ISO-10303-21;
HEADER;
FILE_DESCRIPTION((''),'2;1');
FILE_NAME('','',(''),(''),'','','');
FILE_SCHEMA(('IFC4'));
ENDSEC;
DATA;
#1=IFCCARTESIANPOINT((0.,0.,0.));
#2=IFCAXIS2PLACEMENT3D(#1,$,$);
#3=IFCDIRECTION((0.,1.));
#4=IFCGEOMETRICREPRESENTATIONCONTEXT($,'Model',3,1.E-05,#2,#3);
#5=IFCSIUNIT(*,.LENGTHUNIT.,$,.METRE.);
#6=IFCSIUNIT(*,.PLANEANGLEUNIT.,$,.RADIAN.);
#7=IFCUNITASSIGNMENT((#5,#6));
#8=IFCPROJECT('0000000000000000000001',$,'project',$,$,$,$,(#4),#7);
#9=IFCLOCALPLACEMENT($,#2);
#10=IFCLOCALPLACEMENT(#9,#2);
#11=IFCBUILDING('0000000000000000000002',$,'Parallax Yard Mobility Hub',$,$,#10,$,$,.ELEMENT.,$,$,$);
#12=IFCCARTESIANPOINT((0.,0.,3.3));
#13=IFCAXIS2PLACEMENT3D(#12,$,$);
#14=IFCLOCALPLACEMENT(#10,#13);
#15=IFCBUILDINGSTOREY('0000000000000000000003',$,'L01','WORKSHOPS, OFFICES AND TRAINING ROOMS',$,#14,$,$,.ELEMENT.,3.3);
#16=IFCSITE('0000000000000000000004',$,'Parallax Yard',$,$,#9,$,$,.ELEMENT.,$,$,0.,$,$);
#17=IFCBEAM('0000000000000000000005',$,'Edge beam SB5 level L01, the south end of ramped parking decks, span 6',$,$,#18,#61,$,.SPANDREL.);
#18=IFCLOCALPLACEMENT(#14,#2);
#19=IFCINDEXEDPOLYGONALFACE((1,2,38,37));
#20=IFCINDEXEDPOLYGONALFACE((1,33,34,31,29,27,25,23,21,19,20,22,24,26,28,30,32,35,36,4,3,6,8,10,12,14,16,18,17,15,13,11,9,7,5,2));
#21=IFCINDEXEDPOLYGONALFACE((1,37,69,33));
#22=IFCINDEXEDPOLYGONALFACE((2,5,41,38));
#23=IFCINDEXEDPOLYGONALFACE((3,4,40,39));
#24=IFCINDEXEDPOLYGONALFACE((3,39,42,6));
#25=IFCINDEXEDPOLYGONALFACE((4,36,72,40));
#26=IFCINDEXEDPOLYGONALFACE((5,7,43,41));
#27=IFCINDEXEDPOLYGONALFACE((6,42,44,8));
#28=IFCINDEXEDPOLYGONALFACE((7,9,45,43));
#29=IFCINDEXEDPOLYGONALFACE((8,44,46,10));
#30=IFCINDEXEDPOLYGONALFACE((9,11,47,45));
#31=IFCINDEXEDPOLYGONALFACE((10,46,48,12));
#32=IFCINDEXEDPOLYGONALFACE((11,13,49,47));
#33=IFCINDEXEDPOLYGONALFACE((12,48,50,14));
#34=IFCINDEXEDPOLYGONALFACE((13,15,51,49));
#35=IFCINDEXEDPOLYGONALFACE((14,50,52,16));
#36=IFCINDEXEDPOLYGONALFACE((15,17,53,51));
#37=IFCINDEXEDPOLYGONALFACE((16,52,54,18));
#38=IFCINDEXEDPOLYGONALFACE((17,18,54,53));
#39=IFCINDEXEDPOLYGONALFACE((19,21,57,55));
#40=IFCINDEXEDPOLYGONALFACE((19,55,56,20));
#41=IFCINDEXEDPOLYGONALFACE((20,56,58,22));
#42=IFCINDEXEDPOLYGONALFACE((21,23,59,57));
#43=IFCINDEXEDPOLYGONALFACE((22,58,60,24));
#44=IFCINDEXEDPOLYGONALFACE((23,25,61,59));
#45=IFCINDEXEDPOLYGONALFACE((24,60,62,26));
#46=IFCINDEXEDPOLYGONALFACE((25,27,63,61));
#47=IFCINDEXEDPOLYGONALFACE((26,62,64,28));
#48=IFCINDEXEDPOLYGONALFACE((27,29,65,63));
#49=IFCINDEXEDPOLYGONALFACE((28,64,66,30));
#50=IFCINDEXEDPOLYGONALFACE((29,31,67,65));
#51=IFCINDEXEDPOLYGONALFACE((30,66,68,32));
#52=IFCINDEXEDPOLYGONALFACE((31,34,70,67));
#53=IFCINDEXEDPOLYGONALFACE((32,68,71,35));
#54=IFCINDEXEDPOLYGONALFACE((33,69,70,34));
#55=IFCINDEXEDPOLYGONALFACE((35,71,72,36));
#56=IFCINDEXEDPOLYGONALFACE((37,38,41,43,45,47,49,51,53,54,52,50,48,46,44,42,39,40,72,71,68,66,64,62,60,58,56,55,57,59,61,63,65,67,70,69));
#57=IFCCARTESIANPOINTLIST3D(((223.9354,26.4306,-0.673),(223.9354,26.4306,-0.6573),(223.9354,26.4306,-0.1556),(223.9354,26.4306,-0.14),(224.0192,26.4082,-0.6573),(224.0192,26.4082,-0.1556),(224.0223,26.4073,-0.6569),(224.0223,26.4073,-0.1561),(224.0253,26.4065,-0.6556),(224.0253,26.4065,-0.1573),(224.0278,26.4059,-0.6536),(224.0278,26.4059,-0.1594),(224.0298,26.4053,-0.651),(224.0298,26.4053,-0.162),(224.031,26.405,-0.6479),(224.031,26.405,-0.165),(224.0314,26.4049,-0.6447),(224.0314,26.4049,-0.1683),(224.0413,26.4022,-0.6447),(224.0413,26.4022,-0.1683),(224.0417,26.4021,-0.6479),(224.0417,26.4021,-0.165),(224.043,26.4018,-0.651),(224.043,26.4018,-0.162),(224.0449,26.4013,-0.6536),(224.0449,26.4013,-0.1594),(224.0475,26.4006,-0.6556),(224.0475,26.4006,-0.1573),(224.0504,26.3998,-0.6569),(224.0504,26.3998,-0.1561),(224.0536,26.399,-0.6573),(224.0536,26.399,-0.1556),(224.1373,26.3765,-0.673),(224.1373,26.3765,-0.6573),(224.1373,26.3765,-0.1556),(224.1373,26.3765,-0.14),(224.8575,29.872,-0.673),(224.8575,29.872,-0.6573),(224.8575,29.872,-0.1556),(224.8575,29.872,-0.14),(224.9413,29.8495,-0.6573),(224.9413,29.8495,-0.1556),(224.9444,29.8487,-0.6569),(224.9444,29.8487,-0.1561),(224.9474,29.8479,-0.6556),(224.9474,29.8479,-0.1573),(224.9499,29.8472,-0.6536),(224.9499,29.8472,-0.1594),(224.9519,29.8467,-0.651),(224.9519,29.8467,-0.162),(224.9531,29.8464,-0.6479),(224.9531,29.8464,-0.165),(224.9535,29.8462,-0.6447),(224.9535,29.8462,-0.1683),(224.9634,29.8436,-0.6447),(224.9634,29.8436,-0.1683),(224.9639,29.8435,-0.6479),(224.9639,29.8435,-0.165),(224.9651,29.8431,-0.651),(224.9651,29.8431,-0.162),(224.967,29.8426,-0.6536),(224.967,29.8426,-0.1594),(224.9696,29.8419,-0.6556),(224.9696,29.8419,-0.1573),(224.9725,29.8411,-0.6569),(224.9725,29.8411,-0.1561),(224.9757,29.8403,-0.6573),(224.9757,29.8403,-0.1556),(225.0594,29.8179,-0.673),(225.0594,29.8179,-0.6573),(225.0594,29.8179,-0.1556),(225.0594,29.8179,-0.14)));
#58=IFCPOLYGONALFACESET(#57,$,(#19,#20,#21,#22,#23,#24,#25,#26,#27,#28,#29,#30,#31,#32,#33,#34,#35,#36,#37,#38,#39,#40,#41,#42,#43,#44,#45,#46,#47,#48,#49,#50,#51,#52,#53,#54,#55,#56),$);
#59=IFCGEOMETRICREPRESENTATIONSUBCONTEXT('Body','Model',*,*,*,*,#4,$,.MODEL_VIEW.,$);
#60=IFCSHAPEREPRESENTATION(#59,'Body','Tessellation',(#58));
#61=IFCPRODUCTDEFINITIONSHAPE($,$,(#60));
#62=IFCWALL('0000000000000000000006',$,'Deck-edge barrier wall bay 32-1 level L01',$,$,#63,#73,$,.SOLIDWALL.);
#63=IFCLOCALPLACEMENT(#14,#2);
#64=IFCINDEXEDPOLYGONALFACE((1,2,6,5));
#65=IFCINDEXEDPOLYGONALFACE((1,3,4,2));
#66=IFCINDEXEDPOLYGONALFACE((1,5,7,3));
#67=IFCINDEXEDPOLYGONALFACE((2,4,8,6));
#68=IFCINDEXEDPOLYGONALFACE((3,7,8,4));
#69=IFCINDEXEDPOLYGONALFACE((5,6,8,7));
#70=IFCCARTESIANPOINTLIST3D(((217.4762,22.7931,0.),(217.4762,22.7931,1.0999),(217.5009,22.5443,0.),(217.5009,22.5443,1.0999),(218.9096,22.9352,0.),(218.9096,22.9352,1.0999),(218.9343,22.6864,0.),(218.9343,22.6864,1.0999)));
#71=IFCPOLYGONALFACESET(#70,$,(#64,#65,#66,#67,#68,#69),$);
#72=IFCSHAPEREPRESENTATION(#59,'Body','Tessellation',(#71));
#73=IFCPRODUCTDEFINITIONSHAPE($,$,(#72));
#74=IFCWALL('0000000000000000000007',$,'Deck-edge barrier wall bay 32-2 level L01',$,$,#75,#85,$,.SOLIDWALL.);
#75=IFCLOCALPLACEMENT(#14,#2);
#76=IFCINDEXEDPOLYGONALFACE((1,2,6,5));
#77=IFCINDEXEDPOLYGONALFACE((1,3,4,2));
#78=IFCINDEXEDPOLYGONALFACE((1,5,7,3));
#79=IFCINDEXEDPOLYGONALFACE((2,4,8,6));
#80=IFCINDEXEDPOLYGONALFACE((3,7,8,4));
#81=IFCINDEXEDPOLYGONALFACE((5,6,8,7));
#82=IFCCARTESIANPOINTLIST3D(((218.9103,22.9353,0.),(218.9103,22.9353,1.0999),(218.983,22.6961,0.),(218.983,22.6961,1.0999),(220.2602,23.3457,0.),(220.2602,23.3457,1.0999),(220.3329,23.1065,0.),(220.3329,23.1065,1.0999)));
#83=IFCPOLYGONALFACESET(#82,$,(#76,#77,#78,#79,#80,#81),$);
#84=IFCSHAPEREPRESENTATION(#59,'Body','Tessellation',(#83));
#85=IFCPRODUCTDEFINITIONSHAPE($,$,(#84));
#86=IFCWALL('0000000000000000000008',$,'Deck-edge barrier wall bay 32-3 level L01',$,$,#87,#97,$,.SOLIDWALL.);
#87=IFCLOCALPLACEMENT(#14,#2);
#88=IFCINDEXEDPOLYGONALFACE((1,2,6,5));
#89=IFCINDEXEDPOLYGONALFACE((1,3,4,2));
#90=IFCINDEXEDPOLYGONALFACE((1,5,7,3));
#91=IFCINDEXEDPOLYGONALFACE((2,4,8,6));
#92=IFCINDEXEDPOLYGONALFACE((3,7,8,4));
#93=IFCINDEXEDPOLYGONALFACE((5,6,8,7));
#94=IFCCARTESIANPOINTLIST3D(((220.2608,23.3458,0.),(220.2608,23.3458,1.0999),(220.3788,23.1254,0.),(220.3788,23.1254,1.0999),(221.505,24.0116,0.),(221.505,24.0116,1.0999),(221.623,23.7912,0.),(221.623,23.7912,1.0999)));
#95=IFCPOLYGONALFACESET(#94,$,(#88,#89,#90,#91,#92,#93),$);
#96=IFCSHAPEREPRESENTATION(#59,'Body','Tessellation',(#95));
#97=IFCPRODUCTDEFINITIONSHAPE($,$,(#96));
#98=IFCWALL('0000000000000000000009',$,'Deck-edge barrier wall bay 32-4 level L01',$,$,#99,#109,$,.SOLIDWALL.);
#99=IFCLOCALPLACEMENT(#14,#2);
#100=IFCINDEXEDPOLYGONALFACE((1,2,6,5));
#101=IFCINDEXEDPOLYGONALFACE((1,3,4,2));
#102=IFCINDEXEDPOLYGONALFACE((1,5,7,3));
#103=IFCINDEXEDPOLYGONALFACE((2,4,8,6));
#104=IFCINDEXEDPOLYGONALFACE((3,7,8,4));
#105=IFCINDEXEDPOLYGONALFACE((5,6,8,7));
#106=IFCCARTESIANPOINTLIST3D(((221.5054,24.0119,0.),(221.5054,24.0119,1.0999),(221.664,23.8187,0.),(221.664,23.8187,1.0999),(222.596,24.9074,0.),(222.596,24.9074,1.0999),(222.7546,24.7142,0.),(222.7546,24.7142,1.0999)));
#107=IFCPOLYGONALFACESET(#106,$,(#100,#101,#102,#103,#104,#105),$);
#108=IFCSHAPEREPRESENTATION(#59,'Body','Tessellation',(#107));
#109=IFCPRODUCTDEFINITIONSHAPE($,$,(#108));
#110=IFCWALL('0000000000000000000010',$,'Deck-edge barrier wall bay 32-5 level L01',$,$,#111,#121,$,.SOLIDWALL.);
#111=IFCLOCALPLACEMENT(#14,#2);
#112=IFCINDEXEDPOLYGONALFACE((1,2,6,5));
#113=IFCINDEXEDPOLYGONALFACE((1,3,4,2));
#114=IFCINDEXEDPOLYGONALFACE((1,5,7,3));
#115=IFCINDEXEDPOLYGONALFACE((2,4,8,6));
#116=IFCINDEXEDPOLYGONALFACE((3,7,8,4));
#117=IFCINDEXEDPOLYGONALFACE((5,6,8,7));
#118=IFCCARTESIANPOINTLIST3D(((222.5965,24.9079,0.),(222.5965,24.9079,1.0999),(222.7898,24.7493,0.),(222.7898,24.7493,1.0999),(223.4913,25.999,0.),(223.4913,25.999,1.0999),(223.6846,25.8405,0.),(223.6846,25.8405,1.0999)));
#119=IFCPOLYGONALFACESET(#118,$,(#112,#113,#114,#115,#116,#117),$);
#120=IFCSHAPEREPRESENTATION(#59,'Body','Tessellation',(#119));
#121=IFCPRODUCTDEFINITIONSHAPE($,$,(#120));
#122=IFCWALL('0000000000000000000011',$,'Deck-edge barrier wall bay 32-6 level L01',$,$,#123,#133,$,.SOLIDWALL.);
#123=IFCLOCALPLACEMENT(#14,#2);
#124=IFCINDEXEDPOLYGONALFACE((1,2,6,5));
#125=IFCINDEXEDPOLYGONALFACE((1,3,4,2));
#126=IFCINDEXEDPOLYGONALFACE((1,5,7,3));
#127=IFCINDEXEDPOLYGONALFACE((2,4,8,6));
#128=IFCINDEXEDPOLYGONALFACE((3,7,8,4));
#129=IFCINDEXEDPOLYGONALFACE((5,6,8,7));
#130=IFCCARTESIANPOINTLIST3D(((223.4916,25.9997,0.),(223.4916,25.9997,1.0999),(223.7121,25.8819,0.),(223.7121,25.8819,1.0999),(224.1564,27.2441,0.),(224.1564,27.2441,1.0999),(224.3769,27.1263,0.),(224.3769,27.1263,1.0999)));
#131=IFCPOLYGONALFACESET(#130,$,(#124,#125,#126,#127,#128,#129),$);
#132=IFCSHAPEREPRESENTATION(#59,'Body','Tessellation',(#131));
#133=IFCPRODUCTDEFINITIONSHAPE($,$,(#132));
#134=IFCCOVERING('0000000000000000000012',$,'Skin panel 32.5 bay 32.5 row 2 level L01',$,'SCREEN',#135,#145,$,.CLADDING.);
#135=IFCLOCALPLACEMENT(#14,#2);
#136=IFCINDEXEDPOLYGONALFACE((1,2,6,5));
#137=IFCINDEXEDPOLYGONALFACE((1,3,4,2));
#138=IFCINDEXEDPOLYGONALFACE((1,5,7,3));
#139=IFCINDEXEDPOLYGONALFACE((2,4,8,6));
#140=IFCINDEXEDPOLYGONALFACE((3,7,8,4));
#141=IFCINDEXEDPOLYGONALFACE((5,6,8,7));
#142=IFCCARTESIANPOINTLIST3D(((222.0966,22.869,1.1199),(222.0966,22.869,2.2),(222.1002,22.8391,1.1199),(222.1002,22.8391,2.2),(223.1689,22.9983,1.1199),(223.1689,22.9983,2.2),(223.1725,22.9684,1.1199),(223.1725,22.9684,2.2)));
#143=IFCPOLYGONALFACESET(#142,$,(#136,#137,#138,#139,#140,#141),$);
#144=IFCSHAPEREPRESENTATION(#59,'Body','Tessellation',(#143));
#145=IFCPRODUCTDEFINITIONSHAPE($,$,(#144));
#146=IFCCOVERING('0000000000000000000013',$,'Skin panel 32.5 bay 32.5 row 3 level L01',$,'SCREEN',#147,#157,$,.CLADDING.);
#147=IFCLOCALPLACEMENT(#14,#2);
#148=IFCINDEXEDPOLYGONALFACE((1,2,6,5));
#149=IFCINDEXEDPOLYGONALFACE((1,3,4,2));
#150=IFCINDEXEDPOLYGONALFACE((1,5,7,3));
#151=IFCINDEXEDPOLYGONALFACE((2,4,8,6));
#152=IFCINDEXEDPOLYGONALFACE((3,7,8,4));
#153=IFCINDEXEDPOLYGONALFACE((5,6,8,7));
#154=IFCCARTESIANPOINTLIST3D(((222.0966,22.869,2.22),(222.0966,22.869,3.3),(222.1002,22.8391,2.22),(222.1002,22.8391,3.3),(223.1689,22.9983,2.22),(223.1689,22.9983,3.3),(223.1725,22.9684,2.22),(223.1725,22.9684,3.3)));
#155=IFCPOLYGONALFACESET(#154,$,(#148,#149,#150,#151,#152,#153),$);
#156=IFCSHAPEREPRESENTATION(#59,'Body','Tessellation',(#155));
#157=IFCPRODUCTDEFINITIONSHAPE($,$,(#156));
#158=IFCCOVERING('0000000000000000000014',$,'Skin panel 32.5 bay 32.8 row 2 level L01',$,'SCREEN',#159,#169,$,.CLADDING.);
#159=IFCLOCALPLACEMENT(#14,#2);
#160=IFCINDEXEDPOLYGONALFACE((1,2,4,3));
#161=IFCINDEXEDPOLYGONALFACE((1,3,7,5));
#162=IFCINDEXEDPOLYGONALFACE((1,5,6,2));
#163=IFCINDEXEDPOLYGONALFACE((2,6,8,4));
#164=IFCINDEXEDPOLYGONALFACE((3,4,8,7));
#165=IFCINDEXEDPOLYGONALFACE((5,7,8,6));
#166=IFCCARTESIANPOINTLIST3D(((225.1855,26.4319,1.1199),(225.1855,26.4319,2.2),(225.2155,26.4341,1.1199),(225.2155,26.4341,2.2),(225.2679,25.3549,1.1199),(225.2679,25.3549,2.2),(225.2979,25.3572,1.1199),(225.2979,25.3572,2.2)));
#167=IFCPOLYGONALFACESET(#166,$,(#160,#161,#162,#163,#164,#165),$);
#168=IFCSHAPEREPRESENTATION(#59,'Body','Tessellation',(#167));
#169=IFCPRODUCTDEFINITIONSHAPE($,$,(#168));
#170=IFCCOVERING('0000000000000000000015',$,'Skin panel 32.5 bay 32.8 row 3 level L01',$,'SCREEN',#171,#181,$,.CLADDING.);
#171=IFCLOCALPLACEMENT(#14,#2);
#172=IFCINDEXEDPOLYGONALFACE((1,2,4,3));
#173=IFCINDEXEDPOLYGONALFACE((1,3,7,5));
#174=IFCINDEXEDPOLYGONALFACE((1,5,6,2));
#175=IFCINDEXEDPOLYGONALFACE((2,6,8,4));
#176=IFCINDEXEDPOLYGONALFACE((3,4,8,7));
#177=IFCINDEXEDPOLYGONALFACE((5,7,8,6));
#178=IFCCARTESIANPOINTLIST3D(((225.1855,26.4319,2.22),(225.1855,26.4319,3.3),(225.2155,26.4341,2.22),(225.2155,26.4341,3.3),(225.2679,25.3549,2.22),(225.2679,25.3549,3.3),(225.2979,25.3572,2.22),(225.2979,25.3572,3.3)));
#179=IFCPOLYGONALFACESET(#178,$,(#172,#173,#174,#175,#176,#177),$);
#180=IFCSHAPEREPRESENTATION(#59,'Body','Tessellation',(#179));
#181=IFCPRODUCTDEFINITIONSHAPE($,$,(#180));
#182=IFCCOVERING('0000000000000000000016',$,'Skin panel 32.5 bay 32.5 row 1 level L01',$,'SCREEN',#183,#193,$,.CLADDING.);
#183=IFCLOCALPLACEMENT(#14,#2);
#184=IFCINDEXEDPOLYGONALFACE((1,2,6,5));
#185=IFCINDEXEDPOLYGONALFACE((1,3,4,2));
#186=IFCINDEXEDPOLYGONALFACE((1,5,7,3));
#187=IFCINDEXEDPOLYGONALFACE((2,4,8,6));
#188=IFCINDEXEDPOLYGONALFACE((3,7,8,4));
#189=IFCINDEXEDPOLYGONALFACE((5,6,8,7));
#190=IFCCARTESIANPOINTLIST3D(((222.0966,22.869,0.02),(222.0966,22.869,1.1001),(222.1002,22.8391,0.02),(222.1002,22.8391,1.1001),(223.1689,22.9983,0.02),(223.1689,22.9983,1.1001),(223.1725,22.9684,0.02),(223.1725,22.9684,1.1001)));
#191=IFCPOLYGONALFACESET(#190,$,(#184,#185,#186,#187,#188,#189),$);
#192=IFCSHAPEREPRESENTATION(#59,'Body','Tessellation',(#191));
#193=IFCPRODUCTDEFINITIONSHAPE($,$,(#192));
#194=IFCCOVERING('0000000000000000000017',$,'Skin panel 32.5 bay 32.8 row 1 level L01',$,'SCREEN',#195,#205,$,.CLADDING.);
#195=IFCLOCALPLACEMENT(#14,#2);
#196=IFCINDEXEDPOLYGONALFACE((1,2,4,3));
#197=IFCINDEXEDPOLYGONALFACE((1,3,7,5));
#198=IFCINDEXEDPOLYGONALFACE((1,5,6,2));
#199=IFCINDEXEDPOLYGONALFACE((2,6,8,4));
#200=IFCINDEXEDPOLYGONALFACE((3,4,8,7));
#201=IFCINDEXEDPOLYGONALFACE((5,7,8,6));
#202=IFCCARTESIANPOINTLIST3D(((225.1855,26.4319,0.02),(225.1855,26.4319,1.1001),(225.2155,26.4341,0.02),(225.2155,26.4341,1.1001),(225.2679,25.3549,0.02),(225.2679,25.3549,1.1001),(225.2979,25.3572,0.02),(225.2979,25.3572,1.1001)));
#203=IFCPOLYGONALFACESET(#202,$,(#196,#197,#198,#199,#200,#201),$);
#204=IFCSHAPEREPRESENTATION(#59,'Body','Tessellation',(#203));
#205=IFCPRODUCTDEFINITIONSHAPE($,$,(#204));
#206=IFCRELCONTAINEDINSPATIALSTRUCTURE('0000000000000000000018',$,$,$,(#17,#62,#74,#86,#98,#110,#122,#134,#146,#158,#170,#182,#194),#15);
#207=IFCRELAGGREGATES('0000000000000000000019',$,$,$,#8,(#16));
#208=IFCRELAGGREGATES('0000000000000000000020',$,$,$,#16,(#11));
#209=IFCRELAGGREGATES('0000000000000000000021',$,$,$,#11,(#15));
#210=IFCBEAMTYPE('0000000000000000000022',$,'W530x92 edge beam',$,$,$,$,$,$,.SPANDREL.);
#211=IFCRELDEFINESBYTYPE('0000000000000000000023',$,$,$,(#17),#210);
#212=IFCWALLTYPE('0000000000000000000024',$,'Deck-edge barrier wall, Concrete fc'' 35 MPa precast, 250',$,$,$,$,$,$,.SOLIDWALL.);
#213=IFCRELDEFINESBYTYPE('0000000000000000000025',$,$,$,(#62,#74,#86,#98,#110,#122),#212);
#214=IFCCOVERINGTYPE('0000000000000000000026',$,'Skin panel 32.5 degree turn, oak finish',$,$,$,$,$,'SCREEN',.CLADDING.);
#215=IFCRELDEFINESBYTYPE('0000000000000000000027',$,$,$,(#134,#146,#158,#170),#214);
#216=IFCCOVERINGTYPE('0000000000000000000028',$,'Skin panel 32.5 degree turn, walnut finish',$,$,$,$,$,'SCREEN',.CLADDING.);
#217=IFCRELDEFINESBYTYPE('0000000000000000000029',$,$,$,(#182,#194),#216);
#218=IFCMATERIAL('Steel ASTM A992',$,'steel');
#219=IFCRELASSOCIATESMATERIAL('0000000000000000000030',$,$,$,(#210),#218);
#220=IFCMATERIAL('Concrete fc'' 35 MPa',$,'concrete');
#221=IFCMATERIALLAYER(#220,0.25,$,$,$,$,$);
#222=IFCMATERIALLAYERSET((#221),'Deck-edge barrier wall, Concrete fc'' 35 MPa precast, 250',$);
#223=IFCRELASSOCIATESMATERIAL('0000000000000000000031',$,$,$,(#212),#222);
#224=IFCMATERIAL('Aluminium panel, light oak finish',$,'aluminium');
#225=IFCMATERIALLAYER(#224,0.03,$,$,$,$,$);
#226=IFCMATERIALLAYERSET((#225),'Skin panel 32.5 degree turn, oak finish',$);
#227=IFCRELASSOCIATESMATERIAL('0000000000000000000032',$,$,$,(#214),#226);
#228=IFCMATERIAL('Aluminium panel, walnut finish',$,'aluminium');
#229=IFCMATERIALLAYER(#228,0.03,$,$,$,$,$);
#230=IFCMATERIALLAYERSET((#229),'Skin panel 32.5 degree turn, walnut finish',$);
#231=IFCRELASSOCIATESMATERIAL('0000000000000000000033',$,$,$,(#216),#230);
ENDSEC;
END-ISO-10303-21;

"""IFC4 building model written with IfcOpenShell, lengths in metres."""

from ifc_helpers import new_model, si_unit, direction, frame, frame_2d, origin, origin_2d, place, context, subcontext, project, spatial, rectangle, i_section, extrude, material, layer, layer_set, material_profile, profile_set, type_object, element, save


model = new_model("IFC4")

# Units and contexts
model_context = context("Model", 3, precision=1e-05, world=origin(), true_north=direction((0.0, 1.0)))
body_context = subcontext(model_context, "Body", "Model", "MODEL_VIEW")
ifc_project = project(units=[si_unit("LENGTHUNIT", "METRE"), si_unit("PLANEANGLEUNIT", "RADIAN")], contexts=[model_context])

# Site, building, storey
site_placement = place(None, origin())
site = spatial("IfcSite", under=ifc_project, at=site_placement, Name="Parallax Yard", CompositionType="ELEMENT", RefElevation=0.0)
building_placement = place(site_placement, origin())
building = spatial("IfcBuilding", under=site, at=building_placement, Name="Parallax Yard Mobility Hub", CompositionType="ELEMENT")
storey_placement = place(building_placement, frame((0.0, 0.0, 3.3)))
storey = spatial("IfcBuildingStorey", under=building, at=storey_placement, Name="L01", Description="WORKSHOPS, OFFICES AND TRAINING ROOMS", CompositionType="ELEMENT", Elevation=3.3)

# Shared definitions
ifc_material_1 = material(Name="Steel ASTM A992", Category="steel")

# Beam
ifc_material_profile_1 = material_profile(ifc_material_1, i_section(OverallWidth=0.209, OverallDepth=0.533, WebThickness=0.0103, FlangeThickness=0.0156, FilletRadius=0.0127, at=origin_2d()), Name="W530x92")
ifc_profile_set_1 = profile_set([ifc_material_profile_1], Name="Steel ASTM A992")
beam_type = type_object("IfcBeamType", Name="W530x92 edge beam", PredefinedType="SPANDREL", material=ifc_profile_set_1)
beam_1_placement = place(storey_placement, frame((224.0364, 26.4036, -0.4065), z_axis=(0.258818, 0.965926, 0.0), x_axis=(-0.965926, 0.258818, 0.0)))
element("IfcBeam", 1, at=beam_1_placement, inside=storey, type_object=beam_type, Name="Edge beam SB5 level L01, the south end of ramped parking decks, span 6", PredefinedType="SPANDREL", context=body_context, shape_type="SweptSolid", body=[
    extrude(i_section(OverallWidth=0.209, OverallDepth=0.533, WebThickness=0.0103, FlangeThickness=0.0156, FilletRadius=0.0127, at=origin_2d()), origin(), (0.0, 0.0, 1.0), 3.5627),
])

# Walls
ifc_material_2 = material(Name="Concrete fc' 35 MPa", Category="concrete")
ifc_layer_1 = layer(ifc_material_2, 0.25)
ifc_layer_set_1 = layer_set([ifc_layer_1], Name="Deck-edge barrier wall, Concrete fc' 35 MPa precast, 250")
wall_type = type_object("IfcWallType", Name="Deck-edge barrier wall, Concrete fc' 35 MPa precast, 250", PredefinedType="SOLIDWALL", material=ifc_layer_set_1)
wall_1_placement = place(storey_placement, frame((217.4885, 22.6687, 0.0), z_axis=(0.0, 0.0, 1.0), x_axis=(0.995122, 0.098648, 0.0)))
element("IfcWall", 2, at=wall_1_placement, inside=storey, type_object=wall_type, Name="Deck-edge barrier wall bay 32-1 level L01", PredefinedType="SOLIDWALL", context=body_context, shape_type="SweptSolid", body=[
    extrude(rectangle(XDim=1.4404, YDim=0.25, at=frame_2d((0.7202, 0.0))), origin(), (0.0, 0.0, 1.0), 1.0999),
])
wall_2_placement = place(storey_placement, frame((218.9465, 22.8157, 0.0), z_axis=(0.0, 0.0, 1.0), x_axis=(0.956758, 0.290886, 0.0)))
element("IfcWall", 3, at=wall_2_placement, inside=storey, type_object=wall_type, Name="Deck-edge barrier wall bay 32-2 level L01", PredefinedType="SOLIDWALL", context=body_context, shape_type="SweptSolid", body=[
    extrude(rectangle(XDim=1.4109, YDim=0.25, at=frame_2d((0.7056, 0.0))), origin(), (0.0, 0.0, 1.0), 1.0999),
])
for number, where, z_axis, x_axis, name in (
    (4, (220.3198, 23.2356, 0.0), (0.0, 0.0, 1.0), (0.881696, 0.471818, 0.0), "Deck-edge barrier wall bay 32-3 level L01"),
    (5, (221.5847, 23.9153, 0.0), (0.0, 0.0, 1.0), (0.772838, 0.634603, 0.0), "Deck-edge barrier wall bay 32-4 level L01"),
    (6, (222.6931, 24.8286, 0.0), (0.0, 0.0, 1.0), (0.634123, 0.773232, 0.0), "Deck-edge barrier wall bay 32-5 level L01"),
):
    element("IfcWall", number, at=place(storey_placement, frame(where, z_axis=z_axis, x_axis=x_axis)), inside=storey, type_object=wall_type, Name=name, PredefinedType="SOLIDWALL", context=body_context, shape_type="SweptSolid", body=[
        extrude(rectangle(XDim=1.4111, YDim=0.25, at=frame_2d((0.7056, 0.0))), origin(), (0.0, 0.0, 1.0), 1.0999),
    ])
wall_3_placement = place(storey_placement, frame((223.6018, 25.9407, 0.0), z_axis=(0.0, 0.0, 1.0), x_axis=(0.471208, 0.882022, 0.0)))
element("IfcWall", 7, at=wall_3_placement, inside=storey, type_object=wall_type, Name="Deck-edge barrier wall bay 32-6 level L01", PredefinedType="SOLIDWALL", context=body_context, shape_type="SweptSolid", body=[
    extrude(rectangle(XDim=1.4109, YDim=0.25, at=frame_2d((0.7056, 0.0))), origin(), (0.0, 0.0, 1.0), 1.0999),
])

# Coverings
ifc_material_3 = material(Name="Aluminium panel, light oak finish", Category="aluminium")
ifc_layer_2 = layer(ifc_material_3, 0.03)
ifc_layer_set_2 = layer_set([ifc_layer_2], Name="Skin panel 32.5 degree turn, oak finish")
covering_type_1 = type_object("IfcCoveringType", Name="Skin panel 32.5 degree turn, oak finish", ElementType="SCREEN", PredefinedType="CLADDING", material=ifc_layer_set_2)
for number, where, z_axis, x_axis, name in (
    (8, (222.6345, 22.9187, 1.1199), (0.0, 0.0, 1.0), (0.99281, 0.119704, 0.0), "Skin panel 32.5 bay 32.5 row 2 level L01"),
    (9, (222.6345, 22.9187, 2.22), (0.0, 0.0, 1.0), (0.99281, 0.119704, 0.0), "Skin panel 32.5 bay 32.5 row 3 level L01"),
    (10, (225.2417, 25.8945, 1.1199), (0.0, 0.0, 1.0), (0.076284, -0.997086, 0.0), "Skin panel 32.5 bay 32.8 row 2 level L01"),
    (11, (225.2417, 25.8945, 2.22), (0.0, 0.0, 1.0), (0.076284, -0.997086, 0.0), "Skin panel 32.5 bay 32.8 row 3 level L01"),
):
    element("IfcCovering", number, at=place(storey_placement, frame(where, z_axis=z_axis, x_axis=x_axis)), inside=storey, type_object=covering_type_1, Name=name, ObjectType="SCREEN", PredefinedType="CLADDING", context=body_context, shape_type="SweptSolid", body=[
        extrude(rectangle(XDim=1.0801, YDim=0.03, at=origin_2d()), origin(), (0.0, 0.0, 1.0), 1.0801),
    ])
ifc_material_4 = material(Name="Aluminium panel, walnut finish", Category="aluminium")
ifc_layer_3 = layer(ifc_material_4, 0.03)
ifc_layer_set_3 = layer_set([ifc_layer_3], Name="Skin panel 32.5 degree turn, walnut finish")
covering_type_2 = type_object("IfcCoveringType", Name="Skin panel 32.5 degree turn, walnut finish", ElementType="SCREEN", PredefinedType="CLADDING", material=ifc_layer_set_3)
for number, where, z_axis, x_axis, name in (
    (12, (222.6345, 22.9187, 0.02), (0.0, 0.0, 1.0), (0.99281, 0.119704, 0.0), "Skin panel 32.5 bay 32.5 row 1 level L01"),
    (13, (225.2417, 25.8945, 0.02), (0.0, 0.0, 1.0), (0.076284, -0.997086, 0.0), "Skin panel 32.5 bay 32.8 row 1 level L01"),
):
    element("IfcCovering", number, at=place(storey_placement, frame(where, z_axis=z_axis, x_axis=x_axis)), inside=storey, type_object=covering_type_2, Name=name, ObjectType="SCREEN", PredefinedType="CLADDING", context=body_context, shape_type="SweptSolid", body=[
        extrude(rectangle(XDim=1.0801, YDim=0.03, at=origin_2d()), origin(), (0.0, 0.0, 1.0), 1.0801),
    ])

save(model, "model.ifc")
